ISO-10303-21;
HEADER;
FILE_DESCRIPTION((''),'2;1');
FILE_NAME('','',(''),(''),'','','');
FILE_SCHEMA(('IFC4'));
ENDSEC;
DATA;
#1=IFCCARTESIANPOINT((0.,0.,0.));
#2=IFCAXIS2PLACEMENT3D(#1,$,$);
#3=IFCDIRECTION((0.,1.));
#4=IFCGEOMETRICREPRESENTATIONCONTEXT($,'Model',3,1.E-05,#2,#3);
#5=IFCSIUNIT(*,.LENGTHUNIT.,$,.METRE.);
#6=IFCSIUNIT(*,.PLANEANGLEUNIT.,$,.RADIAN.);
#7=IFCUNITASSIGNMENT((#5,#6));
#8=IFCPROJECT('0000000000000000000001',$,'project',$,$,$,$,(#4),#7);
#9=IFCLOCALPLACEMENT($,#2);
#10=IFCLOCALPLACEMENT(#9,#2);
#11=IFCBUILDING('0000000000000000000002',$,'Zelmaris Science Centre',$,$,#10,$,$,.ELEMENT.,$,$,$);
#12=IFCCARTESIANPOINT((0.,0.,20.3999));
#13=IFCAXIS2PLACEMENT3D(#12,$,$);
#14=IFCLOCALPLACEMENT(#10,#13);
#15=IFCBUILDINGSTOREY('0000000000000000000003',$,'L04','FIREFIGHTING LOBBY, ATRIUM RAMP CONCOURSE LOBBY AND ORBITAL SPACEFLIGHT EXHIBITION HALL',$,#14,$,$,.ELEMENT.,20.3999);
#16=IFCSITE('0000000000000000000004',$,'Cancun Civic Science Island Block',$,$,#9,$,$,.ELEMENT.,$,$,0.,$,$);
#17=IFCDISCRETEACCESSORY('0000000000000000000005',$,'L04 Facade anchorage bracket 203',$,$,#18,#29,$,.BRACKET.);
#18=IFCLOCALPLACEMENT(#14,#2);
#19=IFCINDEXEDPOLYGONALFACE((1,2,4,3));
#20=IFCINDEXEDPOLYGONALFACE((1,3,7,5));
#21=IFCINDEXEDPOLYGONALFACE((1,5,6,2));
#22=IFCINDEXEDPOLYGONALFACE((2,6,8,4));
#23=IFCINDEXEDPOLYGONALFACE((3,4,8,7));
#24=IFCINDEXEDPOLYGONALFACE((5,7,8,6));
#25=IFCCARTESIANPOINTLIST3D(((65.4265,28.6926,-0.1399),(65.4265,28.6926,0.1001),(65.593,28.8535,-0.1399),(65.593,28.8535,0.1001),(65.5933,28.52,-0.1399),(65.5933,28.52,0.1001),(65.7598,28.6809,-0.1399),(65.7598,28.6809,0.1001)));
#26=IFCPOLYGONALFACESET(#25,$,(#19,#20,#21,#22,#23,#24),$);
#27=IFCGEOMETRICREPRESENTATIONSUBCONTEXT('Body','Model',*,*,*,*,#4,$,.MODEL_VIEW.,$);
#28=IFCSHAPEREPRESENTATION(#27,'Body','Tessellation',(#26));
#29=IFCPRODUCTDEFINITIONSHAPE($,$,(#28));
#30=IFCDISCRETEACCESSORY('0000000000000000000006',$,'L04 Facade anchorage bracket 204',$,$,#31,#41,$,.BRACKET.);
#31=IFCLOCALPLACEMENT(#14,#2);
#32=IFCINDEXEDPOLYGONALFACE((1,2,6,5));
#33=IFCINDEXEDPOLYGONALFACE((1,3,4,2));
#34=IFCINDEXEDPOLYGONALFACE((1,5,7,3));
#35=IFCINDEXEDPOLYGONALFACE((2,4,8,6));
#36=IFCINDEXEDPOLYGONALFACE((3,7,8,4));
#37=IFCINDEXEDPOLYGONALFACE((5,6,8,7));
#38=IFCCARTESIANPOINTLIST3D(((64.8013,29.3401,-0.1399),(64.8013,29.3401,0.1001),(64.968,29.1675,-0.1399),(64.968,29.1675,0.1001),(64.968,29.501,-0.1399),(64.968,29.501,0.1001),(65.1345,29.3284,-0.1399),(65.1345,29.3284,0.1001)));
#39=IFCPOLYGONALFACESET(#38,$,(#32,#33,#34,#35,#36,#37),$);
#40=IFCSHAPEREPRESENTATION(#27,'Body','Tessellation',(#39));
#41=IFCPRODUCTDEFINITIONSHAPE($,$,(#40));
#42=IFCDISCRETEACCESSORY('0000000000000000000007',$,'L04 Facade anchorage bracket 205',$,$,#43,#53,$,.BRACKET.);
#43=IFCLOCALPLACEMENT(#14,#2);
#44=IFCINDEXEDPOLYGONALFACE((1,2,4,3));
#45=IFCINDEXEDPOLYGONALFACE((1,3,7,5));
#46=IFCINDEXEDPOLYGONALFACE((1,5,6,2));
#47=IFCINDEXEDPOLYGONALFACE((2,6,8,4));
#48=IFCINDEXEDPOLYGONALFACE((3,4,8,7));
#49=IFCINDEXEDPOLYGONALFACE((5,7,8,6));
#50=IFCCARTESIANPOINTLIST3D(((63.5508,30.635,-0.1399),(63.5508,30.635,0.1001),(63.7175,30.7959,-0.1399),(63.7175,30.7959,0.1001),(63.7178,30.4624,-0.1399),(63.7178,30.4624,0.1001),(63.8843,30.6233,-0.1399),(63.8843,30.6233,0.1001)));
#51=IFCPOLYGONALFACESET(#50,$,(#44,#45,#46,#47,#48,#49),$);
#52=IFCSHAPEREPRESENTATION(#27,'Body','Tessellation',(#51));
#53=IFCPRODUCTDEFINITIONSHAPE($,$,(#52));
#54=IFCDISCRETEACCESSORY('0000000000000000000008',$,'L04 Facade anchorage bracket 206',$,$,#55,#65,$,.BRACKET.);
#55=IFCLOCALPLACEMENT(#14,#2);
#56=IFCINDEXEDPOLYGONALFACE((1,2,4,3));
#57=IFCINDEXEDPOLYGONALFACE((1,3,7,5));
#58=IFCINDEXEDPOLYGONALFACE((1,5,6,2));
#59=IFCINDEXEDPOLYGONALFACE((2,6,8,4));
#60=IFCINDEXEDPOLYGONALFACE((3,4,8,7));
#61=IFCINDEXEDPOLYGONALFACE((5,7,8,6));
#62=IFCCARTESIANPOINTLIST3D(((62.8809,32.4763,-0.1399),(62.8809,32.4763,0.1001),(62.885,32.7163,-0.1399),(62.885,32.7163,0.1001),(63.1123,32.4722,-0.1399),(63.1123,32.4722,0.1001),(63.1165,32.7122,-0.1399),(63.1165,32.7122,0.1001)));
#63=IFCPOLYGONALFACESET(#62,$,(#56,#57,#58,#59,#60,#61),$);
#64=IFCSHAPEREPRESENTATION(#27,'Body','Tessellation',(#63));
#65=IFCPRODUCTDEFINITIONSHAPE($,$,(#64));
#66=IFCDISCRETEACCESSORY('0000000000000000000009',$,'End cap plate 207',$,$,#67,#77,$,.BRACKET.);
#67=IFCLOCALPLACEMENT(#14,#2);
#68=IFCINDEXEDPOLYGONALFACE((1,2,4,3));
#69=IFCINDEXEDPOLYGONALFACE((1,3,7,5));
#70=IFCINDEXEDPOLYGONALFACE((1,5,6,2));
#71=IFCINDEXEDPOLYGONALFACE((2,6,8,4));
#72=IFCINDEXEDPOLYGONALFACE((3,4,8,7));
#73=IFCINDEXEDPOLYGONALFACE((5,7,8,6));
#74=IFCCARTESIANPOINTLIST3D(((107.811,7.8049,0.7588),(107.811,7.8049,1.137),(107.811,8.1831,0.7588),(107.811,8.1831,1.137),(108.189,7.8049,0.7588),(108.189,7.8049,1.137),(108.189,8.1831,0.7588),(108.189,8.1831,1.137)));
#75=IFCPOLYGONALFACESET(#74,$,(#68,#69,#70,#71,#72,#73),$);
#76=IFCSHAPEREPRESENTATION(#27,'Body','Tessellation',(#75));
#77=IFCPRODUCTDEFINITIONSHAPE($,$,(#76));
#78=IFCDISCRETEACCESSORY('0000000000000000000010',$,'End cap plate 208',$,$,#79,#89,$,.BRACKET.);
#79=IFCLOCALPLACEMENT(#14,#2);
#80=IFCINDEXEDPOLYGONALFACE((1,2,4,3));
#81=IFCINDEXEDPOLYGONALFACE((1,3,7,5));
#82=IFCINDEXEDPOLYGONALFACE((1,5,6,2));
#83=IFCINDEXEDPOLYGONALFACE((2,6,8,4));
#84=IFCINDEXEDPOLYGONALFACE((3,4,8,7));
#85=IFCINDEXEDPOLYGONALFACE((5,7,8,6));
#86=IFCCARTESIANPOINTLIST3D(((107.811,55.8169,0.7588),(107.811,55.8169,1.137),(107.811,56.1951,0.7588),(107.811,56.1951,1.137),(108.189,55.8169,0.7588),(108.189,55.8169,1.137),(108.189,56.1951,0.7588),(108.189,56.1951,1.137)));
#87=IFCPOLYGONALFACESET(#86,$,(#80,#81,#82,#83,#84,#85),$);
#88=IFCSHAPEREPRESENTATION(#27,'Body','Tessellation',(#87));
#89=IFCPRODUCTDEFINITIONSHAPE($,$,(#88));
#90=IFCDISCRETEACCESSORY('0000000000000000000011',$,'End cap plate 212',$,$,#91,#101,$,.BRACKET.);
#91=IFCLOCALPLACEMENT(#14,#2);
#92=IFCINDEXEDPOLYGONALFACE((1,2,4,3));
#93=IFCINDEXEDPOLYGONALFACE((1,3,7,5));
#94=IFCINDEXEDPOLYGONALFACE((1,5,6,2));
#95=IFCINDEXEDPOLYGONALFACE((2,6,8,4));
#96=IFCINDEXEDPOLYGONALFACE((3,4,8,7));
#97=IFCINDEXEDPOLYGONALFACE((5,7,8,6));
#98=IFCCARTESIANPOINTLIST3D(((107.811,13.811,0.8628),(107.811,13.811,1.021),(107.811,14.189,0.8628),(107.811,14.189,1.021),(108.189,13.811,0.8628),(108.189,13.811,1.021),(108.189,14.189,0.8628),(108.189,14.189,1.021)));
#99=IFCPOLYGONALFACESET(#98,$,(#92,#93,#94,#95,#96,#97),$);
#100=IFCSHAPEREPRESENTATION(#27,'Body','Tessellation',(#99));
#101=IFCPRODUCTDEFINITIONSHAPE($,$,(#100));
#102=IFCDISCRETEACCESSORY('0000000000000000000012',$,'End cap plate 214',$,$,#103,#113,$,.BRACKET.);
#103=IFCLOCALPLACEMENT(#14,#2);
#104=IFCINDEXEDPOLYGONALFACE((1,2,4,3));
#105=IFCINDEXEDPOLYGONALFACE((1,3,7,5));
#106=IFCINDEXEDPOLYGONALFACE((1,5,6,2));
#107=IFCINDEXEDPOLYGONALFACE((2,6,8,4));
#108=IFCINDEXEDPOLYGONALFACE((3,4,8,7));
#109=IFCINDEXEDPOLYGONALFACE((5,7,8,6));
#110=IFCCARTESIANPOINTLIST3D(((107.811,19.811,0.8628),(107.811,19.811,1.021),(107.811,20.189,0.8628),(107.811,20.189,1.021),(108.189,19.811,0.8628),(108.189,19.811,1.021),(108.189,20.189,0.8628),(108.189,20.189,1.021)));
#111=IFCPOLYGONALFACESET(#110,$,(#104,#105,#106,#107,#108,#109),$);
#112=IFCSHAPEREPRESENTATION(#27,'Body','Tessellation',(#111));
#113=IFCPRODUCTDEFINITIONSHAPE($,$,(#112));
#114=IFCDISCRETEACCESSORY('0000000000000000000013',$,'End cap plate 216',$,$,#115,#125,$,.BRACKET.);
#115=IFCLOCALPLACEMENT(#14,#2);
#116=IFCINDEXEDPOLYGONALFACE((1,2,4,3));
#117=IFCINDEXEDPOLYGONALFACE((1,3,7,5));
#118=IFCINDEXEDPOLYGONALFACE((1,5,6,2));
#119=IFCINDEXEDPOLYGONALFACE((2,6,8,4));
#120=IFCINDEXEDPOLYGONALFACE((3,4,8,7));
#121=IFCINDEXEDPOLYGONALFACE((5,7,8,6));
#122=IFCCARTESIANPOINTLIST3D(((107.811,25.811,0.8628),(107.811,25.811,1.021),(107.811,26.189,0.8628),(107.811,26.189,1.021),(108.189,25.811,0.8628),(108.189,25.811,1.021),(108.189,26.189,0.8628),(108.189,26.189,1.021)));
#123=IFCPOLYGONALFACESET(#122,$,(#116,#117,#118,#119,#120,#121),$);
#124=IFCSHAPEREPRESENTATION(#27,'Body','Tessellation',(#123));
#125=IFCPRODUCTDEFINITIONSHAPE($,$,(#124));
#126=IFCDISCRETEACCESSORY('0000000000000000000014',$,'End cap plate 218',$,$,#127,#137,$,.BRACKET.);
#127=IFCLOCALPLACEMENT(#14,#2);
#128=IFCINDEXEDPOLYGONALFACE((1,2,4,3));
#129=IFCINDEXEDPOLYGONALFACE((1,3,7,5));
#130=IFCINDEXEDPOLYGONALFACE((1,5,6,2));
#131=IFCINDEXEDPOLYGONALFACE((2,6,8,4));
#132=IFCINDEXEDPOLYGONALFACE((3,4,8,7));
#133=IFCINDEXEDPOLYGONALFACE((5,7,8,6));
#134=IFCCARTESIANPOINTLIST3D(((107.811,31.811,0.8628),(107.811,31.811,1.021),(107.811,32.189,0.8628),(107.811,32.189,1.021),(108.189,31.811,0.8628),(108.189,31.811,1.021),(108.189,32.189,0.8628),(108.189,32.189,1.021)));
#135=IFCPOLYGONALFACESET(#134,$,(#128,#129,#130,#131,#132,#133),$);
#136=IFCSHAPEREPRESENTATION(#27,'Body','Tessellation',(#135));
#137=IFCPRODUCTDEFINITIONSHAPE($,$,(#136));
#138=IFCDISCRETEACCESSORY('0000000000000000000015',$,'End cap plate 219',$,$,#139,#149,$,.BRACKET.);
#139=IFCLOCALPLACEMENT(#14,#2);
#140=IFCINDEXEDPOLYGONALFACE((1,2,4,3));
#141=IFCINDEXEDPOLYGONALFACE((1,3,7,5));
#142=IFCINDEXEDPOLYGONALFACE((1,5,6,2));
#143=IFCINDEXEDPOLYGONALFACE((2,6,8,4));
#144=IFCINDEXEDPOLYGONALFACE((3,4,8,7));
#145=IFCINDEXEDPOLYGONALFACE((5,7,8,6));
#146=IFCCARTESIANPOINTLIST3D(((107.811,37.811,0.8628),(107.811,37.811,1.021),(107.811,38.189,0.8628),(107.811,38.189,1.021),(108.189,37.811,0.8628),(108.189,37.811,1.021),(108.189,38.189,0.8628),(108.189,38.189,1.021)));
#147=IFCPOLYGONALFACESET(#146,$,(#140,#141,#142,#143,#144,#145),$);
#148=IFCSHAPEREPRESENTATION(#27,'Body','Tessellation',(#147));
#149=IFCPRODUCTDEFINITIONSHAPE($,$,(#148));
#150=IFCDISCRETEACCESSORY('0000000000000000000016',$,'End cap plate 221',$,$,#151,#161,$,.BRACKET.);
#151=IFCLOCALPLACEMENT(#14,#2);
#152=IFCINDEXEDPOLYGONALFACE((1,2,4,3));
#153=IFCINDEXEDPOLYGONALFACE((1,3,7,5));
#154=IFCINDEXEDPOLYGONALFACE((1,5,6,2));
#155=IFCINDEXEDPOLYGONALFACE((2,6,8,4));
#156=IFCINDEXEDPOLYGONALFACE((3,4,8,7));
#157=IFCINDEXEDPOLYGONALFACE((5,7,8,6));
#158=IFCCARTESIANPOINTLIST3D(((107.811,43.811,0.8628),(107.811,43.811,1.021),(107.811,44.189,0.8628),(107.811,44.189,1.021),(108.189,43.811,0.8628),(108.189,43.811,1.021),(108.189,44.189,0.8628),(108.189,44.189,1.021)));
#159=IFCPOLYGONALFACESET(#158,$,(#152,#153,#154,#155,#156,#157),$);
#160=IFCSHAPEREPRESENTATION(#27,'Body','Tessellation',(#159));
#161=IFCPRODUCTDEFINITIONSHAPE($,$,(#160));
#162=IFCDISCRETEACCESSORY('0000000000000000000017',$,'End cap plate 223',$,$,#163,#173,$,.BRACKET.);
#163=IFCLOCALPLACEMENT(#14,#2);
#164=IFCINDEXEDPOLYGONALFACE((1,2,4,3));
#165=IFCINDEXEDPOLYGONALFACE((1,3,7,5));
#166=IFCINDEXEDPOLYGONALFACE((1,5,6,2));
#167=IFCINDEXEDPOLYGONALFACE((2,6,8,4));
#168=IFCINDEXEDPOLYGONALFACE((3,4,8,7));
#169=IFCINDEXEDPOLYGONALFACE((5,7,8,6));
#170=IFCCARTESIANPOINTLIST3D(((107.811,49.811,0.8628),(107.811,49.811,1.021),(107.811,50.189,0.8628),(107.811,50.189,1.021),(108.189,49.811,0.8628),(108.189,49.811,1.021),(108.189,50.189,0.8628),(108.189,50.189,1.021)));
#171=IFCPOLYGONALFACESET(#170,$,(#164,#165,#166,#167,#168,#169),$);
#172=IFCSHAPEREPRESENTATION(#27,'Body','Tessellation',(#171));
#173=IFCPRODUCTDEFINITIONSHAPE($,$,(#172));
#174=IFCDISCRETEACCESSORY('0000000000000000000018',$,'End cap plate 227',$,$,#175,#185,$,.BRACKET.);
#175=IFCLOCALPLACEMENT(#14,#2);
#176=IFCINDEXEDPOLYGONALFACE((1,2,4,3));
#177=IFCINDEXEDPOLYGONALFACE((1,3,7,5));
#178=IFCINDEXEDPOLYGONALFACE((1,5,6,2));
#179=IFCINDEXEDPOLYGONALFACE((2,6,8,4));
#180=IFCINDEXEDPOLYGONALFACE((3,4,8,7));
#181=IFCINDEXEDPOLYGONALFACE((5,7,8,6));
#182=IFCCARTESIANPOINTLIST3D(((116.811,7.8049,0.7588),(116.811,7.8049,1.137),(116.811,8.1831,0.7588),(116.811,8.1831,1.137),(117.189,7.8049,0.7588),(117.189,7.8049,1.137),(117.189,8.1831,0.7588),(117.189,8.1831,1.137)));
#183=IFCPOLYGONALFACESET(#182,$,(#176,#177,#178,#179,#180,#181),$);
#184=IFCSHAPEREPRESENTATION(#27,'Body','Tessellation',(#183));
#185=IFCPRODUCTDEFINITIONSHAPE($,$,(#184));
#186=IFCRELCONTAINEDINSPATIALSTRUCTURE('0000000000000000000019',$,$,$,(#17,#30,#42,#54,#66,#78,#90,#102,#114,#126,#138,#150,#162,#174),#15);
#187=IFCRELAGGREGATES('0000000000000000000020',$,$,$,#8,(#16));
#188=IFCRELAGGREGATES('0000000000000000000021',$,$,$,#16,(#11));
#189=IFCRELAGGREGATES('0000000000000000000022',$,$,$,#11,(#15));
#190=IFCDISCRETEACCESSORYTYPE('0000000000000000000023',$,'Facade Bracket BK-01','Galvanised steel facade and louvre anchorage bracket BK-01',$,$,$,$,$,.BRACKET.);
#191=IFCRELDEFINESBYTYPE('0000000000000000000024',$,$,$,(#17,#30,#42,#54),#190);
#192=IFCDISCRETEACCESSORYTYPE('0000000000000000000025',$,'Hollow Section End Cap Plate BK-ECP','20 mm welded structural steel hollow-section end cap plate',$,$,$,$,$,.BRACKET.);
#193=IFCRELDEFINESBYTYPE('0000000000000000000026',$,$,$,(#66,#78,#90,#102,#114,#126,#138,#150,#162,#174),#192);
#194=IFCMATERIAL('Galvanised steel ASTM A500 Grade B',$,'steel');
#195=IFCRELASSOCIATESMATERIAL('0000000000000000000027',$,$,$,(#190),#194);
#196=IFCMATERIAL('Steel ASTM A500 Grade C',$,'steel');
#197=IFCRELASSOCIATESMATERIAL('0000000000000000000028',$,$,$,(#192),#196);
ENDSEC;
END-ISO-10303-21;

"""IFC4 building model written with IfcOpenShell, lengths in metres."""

from ifc_helpers import new_model, si_unit, direction, frame, origin, place, context, subcontext, project, spatial, polyline, outline, extrude, material, type_object, element, save


model = new_model("IFC4")

# Units and contexts
model_context = context("Model", 3, precision=1e-05, world=origin(), true_north=direction((0.0, 1.0)))
body_context = subcontext(model_context, "Body", "Model", "MODEL_VIEW")
ifc_project = project(units=[si_unit("LENGTHUNIT", "METRE"), si_unit("PLANEANGLEUNIT", "RADIAN")], contexts=[model_context])

# Site, building, storey
site_placement = place(None, origin())
site = spatial("IfcSite", under=ifc_project, at=site_placement, Name="Cancun Civic Science Island Block", CompositionType="ELEMENT", RefElevation=0.0)
building_placement = place(site_placement, origin())
building = spatial("IfcBuilding", under=site, at=building_placement, Name="Zelmaris Science Centre", CompositionType="ELEMENT")
storey_placement = place(building_placement, frame((0.0, 0.0, 20.3999)))
storey = spatial("IfcBuildingStorey", under=building, at=storey_placement, Name="L04", Description="FIREFIGHTING LOBBY, ATRIUM RAMP CONCOURSE LOBBY AND ORBITAL SPACEFLIGHT EXHIBITION HALL", CompositionType="ELEMENT", Elevation=20.3999)

# Discrete accessories
ifc_material_1 = material(Name="Galvanised steel ASTM A500 Grade B", Category="steel")
discrete_accessory_type_1 = type_object("IfcDiscreteAccessoryType", Name="Facade Bracket BK-01", Description="Galvanised steel facade and louvre anchorage bracket BK-01", PredefinedType="BRACKET", material=ifc_material_1)
discrete_accessory_1_placement = place(storey_placement, frame((0.0, 0.0, -0.1399)))
element("IfcDiscreteAccessory", 1, at=discrete_accessory_1_placement, inside=storey, type_object=discrete_accessory_type_1, Name="L04 Facade anchorage bracket 203", PredefinedType="BRACKET", context=body_context, shape_type="SweptSolid", body=[
    extrude(outline(polyline([(65.7598, 28.6809), (65.593, 28.8535), (65.4265, 28.6926), (65.5933, 28.52), (65.7598, 28.6809)])), origin(), (0.0, 0.0, 1.0), 0.24),
])
discrete_accessory_2_placement = place(storey_placement, frame((0.0, 0.0, -0.1399)))
element("IfcDiscreteAccessory", 2, at=discrete_accessory_2_placement, inside=storey, type_object=discrete_accessory_type_1, Name="L04 Facade anchorage bracket 204", PredefinedType="BRACKET", context=body_context, shape_type="SweptSolid", body=[
    extrude(outline(polyline([(65.1345, 29.3284), (64.968, 29.501), (64.8013, 29.3401), (64.968, 29.1675), (65.1345, 29.3284)])), origin(), (0.0, 0.0, 1.0), 0.24),
])
discrete_accessory_3_placement = place(storey_placement, frame((0.0, 0.0, -0.1399)))
element("IfcDiscreteAccessory", 3, at=discrete_accessory_3_placement, inside=storey, type_object=discrete_accessory_type_1, Name="L04 Facade anchorage bracket 205", PredefinedType="BRACKET", context=body_context, shape_type="SweptSolid", body=[
    extrude(outline(polyline([(63.8843, 30.6233), (63.7175, 30.7959), (63.5508, 30.635), (63.7178, 30.4624), (63.8843, 30.6233)])), origin(), (0.0, 0.0, 1.0), 0.24),
])
discrete_accessory_4_placement = place(storey_placement, frame((0.0, 0.0, -0.1399)))
element("IfcDiscreteAccessory", 4, at=discrete_accessory_4_placement, inside=storey, type_object=discrete_accessory_type_1, Name="L04 Facade anchorage bracket 206", PredefinedType="BRACKET", context=body_context, shape_type="SweptSolid", body=[
    extrude(outline(polyline([(63.1123, 32.4722), (63.1165, 32.7122), (62.885, 32.7163), (62.8809, 32.4763), (63.1123, 32.4722)])), origin(), (0.0, 0.0, 1.0), 0.24),
])
ifc_material_2 = material(Name="Steel ASTM A500 Grade C", Category="steel")
discrete_accessory_type_2 = type_object("IfcDiscreteAccessoryType", Name="Hollow Section End Cap Plate BK-ECP", Description="20 mm welded structural steel hollow-section end cap plate", PredefinedType="BRACKET", material=ifc_material_2)
discrete_accessory_5_placement = place(storey_placement, frame((0.0, 0.0, 0.7588)))
element("IfcDiscreteAccessory", 5, at=discrete_accessory_5_placement, inside=storey, type_object=discrete_accessory_type_2, Name="End cap plate 207", PredefinedType="BRACKET", context=body_context, shape_type="SweptSolid", body=[
    extrude(outline(polyline([(107.811, 7.8049), (108.189, 7.8049), (108.189, 8.1831), (107.811, 8.1831), (107.811, 7.8049)])), origin(), (0.0, 0.0, 1.0), 0.3782),
])
discrete_accessory_6_placement = place(storey_placement, frame((0.0, 0.0, 0.7588)))
element("IfcDiscreteAccessory", 6, at=discrete_accessory_6_placement, inside=storey, type_object=discrete_accessory_type_2, Name="End cap plate 208", PredefinedType="BRACKET", context=body_context, shape_type="SweptSolid", body=[
    extrude(outline(polyline([(107.811, 55.8169), (108.189, 55.8169), (108.189, 56.1951), (107.811, 56.1951), (107.811, 55.8169)])), origin(), (0.0, 0.0, 1.0), 0.3782),
])
discrete_accessory_7_placement = place(storey_placement, frame((0.0, 0.0, 0.8628)))
element("IfcDiscreteAccessory", 7, at=discrete_accessory_7_placement, inside=storey, type_object=discrete_accessory_type_2, Name="End cap plate 212", PredefinedType="BRACKET", context=body_context, shape_type="SweptSolid", body=[
    extrude(outline(polyline([(107.811, 13.811), (108.189, 13.811), (108.189, 14.189), (107.811, 14.189), (107.811, 13.811)])), origin(), (0.0, 0.0, 1.0), 0.1582),
])
discrete_accessory_8_placement = place(storey_placement, frame((0.0, 0.0, 0.8628)))
element("IfcDiscreteAccessory", 8, at=discrete_accessory_8_placement, inside=storey, type_object=discrete_accessory_type_2, Name="End cap plate 214", PredefinedType="BRACKET", context=body_context, shape_type="SweptSolid", body=[
    extrude(outline(polyline([(107.811, 19.811), (108.189, 19.811), (108.189, 20.189), (107.811, 20.189), (107.811, 19.811)])), origin(), (0.0, 0.0, 1.0), 0.1582),
])
discrete_accessory_9_placement = place(storey_placement, frame((0.0, 0.0, 0.8628)))
element("IfcDiscreteAccessory", 9, at=discrete_accessory_9_placement, inside=storey, type_object=discrete_accessory_type_2, Name="End cap plate 216", PredefinedType="BRACKET", context=body_context, shape_type="SweptSolid", body=[
    extrude(outline(polyline([(107.811, 25.811), (108.189, 25.811), (108.189, 26.189), (107.811, 26.189), (107.811, 25.811)])), origin(), (0.0, 0.0, 1.0), 0.1582),
])
discrete_accessory_10_placement = place(storey_placement, frame((0.0, 0.0, 0.8628)))
element("IfcDiscreteAccessory", 10, at=discrete_accessory_10_placement, inside=storey, type_object=discrete_accessory_type_2, Name="End cap plate 218", PredefinedType="BRACKET", context=body_context, shape_type="SweptSolid", body=[
    extrude(outline(polyline([(107.811, 31.811), (108.189, 31.811), (108.189, 32.189), (107.811, 32.189), (107.811, 31.811)])), origin(), (0.0, 0.0, 1.0), 0.1582),
])
discrete_accessory_11_placement = place(storey_placement, frame((0.0, 0.0, 0.8628)))
element("IfcDiscreteAccessory", 11, at=discrete_accessory_11_placement, inside=storey, type_object=discrete_accessory_type_2, Name="End cap plate 219", PredefinedType="BRACKET", context=body_context, shape_type="SweptSolid", body=[
    extrude(outline(polyline([(107.811, 37.811), (108.189, 37.811), (108.189, 38.189), (107.811, 38.189), (107.811, 37.811)])), origin(), (0.0, 0.0, 1.0), 0.1582),
])
discrete_accessory_12_placement = place(storey_placement, frame((0.0, 0.0, 0.8628)))
element("IfcDiscreteAccessory", 12, at=discrete_accessory_12_placement, inside=storey, type_object=discrete_accessory_type_2, Name="End cap plate 221", PredefinedType="BRACKET", context=body_context, shape_type="SweptSolid", body=[
    extrude(outline(polyline([(107.811, 43.811), (108.189, 43.811), (108.189, 44.189), (107.811, 44.189), (107.811, 43.811)])), origin(), (0.0, 0.0, 1.0), 0.1582),
])
discrete_accessory_13_placement = place(storey_placement, frame((0.0, 0.0, 0.8628)))
element("IfcDiscreteAccessory", 13, at=discrete_accessory_13_placement, inside=storey, type_object=discrete_accessory_type_2, Name="End cap plate 223", PredefinedType="BRACKET", context=body_context, shape_type="SweptSolid", body=[
    extrude(outline(polyline([(107.811, 49.811), (108.189, 49.811), (108.189, 50.189), (107.811, 50.189), (107.811, 49.811)])), origin(), (0.0, 0.0, 1.0), 0.1582),
])
discrete_accessory_14_placement = place(storey_placement, frame((0.0, 0.0, 0.7588)))
element("IfcDiscreteAccessory", 14, at=discrete_accessory_14_placement, inside=storey, type_object=discrete_accessory_type_2, Name="End cap plate 227", PredefinedType="BRACKET", context=body_context, shape_type="SweptSolid", body=[
    extrude(outline(polyline([(116.811, 7.8049), (117.189, 7.8049), (117.189, 8.1831), (116.811, 8.1831), (116.811, 7.8049)])), origin(), (0.0, 0.0, 1.0), 0.3782),
])

save(model, "model.ifc")
